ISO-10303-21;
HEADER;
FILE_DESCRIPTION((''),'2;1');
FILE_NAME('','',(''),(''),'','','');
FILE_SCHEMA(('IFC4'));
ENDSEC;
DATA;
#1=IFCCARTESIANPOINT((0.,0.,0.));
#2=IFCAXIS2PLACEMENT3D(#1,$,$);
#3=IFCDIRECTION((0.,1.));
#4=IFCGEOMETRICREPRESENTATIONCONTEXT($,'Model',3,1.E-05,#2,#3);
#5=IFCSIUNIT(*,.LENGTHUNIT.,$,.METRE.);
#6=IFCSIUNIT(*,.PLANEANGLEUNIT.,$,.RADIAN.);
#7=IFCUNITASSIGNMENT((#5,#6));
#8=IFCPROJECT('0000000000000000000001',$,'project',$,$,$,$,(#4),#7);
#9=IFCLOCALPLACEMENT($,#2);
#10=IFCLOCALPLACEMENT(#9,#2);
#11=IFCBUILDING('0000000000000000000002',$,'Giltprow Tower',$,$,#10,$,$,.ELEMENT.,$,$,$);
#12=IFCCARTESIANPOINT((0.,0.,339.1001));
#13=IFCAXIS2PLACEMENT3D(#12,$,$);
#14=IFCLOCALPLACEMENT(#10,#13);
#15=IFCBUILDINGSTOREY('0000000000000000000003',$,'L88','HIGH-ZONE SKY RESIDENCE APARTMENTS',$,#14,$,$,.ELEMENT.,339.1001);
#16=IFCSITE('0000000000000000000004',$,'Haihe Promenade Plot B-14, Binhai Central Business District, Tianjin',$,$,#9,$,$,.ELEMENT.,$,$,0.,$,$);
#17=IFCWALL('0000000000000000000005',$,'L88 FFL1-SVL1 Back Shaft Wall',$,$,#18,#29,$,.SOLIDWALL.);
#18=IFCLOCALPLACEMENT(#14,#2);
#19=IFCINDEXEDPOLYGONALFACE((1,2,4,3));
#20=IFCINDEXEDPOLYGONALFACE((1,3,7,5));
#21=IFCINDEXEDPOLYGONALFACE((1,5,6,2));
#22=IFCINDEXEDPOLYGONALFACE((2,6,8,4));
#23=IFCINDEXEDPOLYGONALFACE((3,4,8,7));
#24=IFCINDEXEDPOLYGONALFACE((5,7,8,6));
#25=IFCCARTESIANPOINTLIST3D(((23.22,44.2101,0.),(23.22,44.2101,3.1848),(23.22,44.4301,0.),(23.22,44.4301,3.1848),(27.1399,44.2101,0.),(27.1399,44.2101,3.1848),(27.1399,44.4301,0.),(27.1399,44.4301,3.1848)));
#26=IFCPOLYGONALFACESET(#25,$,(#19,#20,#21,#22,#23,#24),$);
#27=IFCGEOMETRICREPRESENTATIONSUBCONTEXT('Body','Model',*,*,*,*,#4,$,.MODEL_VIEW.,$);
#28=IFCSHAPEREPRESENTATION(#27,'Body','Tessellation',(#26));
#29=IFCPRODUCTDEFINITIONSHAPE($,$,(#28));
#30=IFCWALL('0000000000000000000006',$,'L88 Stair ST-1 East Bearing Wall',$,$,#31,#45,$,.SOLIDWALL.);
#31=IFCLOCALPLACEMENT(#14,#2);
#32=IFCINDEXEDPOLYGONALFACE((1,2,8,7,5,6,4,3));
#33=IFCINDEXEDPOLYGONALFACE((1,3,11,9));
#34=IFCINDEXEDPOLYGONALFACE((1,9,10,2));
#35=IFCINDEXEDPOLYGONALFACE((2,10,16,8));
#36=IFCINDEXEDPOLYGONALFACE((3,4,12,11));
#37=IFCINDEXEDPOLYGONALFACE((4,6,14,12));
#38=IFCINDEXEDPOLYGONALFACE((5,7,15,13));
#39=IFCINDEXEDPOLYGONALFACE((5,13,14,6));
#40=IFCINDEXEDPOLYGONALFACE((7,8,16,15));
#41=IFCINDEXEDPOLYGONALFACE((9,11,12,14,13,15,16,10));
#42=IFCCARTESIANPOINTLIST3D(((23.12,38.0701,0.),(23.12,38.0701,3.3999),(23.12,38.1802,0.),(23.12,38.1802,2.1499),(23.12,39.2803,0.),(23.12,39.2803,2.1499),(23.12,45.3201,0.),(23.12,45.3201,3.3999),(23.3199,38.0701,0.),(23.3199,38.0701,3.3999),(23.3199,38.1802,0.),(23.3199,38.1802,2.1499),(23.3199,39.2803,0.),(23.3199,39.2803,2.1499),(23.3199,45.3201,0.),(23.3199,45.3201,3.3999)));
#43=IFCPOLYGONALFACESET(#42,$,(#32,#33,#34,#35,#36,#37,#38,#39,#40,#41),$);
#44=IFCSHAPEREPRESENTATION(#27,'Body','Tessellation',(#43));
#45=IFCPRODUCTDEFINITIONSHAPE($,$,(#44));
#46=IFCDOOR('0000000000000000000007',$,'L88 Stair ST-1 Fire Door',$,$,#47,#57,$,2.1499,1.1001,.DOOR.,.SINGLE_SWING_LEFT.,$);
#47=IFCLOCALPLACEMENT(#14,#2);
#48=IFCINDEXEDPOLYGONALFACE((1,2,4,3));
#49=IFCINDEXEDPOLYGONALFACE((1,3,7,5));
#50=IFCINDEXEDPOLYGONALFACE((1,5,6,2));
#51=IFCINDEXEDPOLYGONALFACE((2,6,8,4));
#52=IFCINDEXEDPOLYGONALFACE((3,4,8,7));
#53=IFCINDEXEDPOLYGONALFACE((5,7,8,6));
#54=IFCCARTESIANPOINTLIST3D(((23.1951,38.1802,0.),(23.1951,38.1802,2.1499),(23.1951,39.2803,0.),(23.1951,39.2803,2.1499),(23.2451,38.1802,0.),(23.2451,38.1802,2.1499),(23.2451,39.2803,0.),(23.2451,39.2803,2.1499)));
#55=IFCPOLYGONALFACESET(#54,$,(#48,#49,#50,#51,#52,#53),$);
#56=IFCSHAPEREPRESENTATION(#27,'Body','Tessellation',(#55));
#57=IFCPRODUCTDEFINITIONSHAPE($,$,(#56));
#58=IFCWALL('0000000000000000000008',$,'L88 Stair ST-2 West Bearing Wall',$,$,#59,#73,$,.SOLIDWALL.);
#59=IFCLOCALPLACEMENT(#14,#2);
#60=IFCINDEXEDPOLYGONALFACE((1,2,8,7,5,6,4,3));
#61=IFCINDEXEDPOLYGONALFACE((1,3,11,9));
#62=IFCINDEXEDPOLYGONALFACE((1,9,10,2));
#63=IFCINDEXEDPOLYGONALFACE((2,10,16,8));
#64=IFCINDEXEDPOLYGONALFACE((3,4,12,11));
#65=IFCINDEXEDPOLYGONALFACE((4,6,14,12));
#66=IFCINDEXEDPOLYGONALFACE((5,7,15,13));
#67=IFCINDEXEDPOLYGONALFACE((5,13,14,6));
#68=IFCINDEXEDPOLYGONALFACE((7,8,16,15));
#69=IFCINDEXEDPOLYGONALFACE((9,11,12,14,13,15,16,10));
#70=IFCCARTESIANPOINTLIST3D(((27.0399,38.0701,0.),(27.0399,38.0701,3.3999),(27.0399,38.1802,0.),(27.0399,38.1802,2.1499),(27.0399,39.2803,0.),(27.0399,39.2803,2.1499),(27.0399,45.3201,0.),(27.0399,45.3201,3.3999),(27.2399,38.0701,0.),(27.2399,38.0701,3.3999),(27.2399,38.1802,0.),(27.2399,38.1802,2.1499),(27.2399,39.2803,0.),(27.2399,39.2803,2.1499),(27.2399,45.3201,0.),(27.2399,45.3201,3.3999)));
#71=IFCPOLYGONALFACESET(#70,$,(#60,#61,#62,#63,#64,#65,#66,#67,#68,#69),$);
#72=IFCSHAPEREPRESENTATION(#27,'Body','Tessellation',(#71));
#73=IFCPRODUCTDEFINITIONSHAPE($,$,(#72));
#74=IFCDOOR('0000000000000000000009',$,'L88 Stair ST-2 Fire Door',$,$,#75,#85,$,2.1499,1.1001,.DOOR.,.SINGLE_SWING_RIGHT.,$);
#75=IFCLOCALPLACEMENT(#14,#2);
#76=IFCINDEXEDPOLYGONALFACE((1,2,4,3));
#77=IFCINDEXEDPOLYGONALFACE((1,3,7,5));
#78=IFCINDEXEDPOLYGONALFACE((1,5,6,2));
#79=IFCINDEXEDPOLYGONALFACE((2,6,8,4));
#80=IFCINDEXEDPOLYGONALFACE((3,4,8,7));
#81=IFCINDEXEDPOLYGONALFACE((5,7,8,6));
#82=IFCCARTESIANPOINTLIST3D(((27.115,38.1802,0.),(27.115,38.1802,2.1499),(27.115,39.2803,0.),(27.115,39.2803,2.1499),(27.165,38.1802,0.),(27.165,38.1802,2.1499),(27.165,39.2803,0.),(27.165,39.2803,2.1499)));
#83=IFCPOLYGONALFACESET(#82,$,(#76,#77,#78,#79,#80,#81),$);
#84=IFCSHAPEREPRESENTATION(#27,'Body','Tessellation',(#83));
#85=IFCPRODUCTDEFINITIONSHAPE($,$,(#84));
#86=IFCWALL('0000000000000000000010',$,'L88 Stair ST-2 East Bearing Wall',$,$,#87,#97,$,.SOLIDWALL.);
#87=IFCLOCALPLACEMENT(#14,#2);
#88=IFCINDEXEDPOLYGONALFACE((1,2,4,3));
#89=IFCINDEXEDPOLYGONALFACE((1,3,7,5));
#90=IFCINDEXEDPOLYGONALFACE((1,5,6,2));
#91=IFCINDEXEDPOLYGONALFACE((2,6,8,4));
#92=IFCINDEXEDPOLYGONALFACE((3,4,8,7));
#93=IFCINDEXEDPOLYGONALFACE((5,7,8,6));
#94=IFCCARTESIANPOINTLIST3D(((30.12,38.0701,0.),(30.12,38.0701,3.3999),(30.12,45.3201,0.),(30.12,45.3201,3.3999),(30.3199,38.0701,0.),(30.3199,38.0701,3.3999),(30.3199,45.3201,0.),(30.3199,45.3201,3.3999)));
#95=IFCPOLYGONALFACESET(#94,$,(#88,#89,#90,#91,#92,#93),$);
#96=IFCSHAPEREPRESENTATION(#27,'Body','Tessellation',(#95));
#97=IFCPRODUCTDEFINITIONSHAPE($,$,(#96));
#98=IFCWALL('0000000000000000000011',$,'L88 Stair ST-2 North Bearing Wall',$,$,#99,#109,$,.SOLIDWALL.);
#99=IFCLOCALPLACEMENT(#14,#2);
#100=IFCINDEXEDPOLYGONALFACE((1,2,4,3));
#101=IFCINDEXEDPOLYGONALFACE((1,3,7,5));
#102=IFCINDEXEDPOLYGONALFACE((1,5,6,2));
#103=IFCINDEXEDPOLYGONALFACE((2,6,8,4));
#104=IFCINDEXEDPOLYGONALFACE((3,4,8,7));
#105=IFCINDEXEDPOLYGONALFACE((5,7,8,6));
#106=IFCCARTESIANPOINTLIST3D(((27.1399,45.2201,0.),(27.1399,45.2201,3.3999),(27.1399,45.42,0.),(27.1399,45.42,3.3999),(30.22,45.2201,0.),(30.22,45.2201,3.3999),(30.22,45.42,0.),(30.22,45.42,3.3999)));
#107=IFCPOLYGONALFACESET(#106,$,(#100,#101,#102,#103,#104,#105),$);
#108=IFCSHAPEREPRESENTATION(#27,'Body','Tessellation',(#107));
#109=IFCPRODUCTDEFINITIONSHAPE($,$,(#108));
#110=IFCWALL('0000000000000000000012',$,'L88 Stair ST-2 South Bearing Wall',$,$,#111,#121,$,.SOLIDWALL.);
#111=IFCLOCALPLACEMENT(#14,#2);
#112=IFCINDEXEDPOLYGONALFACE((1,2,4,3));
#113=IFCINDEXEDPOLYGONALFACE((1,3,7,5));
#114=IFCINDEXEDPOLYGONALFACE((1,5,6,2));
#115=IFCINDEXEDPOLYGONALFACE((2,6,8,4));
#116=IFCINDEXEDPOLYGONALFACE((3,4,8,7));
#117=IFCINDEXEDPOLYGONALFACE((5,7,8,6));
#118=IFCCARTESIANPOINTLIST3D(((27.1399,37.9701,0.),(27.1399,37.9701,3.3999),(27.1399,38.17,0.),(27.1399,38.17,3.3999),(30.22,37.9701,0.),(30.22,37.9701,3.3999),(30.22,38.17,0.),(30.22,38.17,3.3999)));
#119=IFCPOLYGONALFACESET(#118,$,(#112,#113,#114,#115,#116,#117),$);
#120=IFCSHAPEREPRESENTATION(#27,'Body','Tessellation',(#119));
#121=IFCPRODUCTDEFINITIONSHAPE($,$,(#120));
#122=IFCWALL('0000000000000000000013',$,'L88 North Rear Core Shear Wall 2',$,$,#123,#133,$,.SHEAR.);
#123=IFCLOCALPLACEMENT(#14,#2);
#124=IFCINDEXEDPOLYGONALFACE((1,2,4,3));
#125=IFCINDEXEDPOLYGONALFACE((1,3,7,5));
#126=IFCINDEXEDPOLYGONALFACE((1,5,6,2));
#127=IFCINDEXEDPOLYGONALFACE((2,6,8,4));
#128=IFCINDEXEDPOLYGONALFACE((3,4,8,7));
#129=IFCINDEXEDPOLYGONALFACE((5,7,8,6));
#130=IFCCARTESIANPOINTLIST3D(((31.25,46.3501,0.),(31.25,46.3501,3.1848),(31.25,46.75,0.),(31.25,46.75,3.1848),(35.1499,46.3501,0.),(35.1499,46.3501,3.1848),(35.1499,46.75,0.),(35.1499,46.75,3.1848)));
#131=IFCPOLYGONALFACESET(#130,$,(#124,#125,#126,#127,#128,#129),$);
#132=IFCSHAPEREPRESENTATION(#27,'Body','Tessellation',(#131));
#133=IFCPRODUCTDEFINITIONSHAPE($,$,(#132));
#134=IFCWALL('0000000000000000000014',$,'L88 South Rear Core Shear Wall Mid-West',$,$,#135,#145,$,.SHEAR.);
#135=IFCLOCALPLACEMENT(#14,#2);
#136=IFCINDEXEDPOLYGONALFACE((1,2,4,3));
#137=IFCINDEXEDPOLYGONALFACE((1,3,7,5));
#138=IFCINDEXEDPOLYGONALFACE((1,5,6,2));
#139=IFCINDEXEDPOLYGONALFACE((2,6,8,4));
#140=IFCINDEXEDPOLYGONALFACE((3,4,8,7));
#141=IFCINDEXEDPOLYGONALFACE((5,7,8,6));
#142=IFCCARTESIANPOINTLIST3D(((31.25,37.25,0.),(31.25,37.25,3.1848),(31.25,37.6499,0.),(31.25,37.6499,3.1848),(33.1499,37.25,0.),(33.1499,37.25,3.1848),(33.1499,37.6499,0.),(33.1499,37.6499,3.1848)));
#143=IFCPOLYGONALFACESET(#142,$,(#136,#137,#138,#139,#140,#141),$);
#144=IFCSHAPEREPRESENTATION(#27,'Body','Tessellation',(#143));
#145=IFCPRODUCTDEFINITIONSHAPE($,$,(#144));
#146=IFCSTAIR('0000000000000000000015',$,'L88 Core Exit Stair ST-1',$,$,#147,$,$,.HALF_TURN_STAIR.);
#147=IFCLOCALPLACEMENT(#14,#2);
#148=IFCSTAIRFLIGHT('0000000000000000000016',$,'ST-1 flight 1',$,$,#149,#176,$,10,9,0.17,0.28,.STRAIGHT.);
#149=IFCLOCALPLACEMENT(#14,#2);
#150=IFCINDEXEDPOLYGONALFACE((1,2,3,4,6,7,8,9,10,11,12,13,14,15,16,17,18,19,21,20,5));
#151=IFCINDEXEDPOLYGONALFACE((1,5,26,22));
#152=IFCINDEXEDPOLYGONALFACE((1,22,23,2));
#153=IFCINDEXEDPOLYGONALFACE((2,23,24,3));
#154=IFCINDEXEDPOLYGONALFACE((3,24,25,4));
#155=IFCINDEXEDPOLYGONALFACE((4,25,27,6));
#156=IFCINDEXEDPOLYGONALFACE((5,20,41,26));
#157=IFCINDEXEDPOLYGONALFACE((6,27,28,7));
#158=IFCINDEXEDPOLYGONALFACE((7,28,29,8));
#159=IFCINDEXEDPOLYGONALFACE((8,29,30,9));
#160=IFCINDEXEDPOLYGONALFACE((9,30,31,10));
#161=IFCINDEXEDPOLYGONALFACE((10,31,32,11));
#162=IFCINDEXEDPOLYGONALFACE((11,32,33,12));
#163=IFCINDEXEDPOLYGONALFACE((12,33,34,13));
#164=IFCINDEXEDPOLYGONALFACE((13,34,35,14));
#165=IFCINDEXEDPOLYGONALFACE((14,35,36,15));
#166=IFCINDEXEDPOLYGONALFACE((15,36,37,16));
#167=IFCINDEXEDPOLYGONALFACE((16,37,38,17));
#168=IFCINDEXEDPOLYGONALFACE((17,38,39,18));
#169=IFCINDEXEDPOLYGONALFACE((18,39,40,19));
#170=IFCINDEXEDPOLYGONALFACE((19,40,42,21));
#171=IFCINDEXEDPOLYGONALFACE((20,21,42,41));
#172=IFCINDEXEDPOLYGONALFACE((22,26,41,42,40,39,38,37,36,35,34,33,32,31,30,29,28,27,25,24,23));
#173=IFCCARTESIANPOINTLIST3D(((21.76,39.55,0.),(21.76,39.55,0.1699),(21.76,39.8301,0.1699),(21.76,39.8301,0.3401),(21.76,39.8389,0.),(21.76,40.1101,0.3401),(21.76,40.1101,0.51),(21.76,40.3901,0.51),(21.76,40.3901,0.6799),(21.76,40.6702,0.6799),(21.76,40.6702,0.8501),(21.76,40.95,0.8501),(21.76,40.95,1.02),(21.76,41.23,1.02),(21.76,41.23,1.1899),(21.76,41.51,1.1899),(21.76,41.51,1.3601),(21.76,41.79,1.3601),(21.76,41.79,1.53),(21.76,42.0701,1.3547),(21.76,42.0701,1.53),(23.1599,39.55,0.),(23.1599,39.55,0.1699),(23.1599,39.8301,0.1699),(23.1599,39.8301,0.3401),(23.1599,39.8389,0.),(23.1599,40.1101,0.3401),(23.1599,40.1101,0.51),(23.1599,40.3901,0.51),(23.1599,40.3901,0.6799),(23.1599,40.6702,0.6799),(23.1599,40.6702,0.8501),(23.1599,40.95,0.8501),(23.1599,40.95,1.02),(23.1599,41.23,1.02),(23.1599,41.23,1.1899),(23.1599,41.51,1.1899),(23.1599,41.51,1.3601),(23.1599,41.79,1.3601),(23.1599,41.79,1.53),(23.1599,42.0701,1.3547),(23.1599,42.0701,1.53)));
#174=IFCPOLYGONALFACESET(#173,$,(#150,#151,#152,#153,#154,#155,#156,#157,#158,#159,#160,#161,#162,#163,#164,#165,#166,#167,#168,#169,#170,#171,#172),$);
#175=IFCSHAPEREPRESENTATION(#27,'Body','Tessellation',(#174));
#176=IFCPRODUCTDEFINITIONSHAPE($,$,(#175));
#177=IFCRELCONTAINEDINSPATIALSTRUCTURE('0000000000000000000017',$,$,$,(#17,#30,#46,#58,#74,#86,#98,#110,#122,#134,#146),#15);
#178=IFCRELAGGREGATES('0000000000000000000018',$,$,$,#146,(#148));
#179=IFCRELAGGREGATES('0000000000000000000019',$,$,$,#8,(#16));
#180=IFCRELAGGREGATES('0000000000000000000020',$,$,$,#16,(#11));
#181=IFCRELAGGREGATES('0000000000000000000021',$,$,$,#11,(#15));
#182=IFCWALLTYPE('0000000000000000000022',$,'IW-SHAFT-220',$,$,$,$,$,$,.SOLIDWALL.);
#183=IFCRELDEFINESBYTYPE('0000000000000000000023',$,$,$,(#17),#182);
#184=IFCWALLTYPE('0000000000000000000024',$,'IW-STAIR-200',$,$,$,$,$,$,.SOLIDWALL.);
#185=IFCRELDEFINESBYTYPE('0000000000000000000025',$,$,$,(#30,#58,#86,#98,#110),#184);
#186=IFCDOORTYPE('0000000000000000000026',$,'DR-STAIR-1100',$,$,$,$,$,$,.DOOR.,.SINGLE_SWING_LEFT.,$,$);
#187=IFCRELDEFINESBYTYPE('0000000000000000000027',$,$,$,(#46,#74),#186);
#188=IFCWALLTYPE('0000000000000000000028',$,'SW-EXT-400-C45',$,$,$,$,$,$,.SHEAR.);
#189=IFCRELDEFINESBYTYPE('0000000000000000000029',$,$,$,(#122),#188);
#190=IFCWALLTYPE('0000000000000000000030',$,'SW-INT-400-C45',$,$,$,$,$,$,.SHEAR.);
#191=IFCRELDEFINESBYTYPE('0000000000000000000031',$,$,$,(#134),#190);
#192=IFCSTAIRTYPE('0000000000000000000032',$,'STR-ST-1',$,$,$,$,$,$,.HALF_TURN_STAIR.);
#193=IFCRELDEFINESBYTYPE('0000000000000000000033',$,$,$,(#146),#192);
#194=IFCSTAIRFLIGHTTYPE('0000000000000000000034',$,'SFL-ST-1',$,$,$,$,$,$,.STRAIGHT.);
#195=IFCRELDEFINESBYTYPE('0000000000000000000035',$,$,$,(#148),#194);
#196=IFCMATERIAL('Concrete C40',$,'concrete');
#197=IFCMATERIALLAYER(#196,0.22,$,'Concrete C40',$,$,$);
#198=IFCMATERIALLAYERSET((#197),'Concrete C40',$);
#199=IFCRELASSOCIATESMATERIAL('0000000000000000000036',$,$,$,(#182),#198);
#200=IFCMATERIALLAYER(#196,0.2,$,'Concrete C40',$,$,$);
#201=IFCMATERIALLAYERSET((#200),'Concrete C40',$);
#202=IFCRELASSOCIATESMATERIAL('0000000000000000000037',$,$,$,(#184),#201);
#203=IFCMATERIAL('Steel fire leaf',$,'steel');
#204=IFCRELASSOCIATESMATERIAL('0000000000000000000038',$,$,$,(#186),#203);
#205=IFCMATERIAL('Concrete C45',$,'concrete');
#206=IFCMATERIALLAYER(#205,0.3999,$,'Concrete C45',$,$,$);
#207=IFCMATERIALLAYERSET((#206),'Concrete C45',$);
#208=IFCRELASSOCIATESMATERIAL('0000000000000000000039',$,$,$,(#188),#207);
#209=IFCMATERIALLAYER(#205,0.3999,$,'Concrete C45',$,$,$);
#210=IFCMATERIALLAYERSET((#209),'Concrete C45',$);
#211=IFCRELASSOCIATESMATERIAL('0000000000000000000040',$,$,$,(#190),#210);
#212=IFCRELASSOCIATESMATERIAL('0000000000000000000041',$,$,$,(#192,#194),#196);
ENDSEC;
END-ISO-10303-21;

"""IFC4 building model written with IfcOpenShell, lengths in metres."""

from ifc_helpers import new_model, si_unit, direction, frame, frame_2d, origin, place, context, subcontext, project, spatial, polyline, rectangle, outline, extrude, source, transform, mapped, material, layer, layer_set, type_object, element, fill, aggregate, save


model = new_model("IFC4")

# Units and contexts
model_context = context("Model", 3, precision=1e-05, world=origin(), true_north=direction((0.0, 1.0)))
body_context = subcontext(model_context, "Body", "Model", "MODEL_VIEW")
ifc_project = project(units=[si_unit("LENGTHUNIT", "METRE"), si_unit("PLANEANGLEUNIT", "RADIAN")], contexts=[model_context])

# Site, building, storey
site_placement = place(None, origin())
site = spatial("IfcSite", under=ifc_project, at=site_placement, Name="Haihe Promenade Plot B-14, Binhai Central Business District, Tianjin", CompositionType="ELEMENT", RefElevation=0.0)
building_placement = place(site_placement, origin())
building = spatial("IfcBuilding", under=site, at=building_placement, Name="Giltprow Tower", CompositionType="ELEMENT")
storey_placement = place(building_placement, frame((0.0, 0.0, 339.1001)))
storey = spatial("IfcBuildingStorey", under=building, at=storey_placement, Name="L88", Description="HIGH-ZONE SKY RESIDENCE APARTMENTS", CompositionType="ELEMENT", Elevation=339.1001)

# Shared definitions
ifc_material_1 = material(Name="Concrete C45", Category="concrete")

# Shared definitions
ifc_material_2 = material(Name="Concrete C40", Category="concrete")
ifc_layer_1 = layer(ifc_material_2, 0.22, Name="Concrete C40")
ifc_layer_set_1 = layer_set([ifc_layer_1], Name="Concrete C40")
wall_type_1 = type_object("IfcWallType", Name="IW-SHAFT-220", PredefinedType="SOLIDWALL", material=ifc_layer_set_1)

# Wall
wall_1_placement = place(storey_placement, frame((23.22, 44.3201, 0.0), z_axis=(0.0, 0.0, 1.0), x_axis=(1.0, 0.0, 0.0)))
element("IfcWall", 1, at=wall_1_placement, inside=storey, type_object=wall_type_1, Name="L88 FFL1-SVL1 Back Shaft Wall", PredefinedType="SOLIDWALL", context=body_context, shape_type="SweptSolid", body=[
    extrude(rectangle(XDim=3.9199, YDim=0.22, at=frame_2d((1.96, 0.0))), origin(), (0.0, 0.0, 1.0), 3.1848),
])

# Walls, openings, doors
ifc_layer_2 = layer(ifc_material_2, 0.2, Name="Concrete C40")
ifc_layer_set_2 = layer_set([ifc_layer_2], Name="Concrete C40")
wall_type_2 = type_object("IfcWallType", Name="IW-STAIR-200", PredefinedType="SOLIDWALL", material=ifc_layer_set_2)
wall_2_placement = place(storey_placement, frame((23.22, 38.0701, 0.0), z_axis=(0.0, 0.0, 1.0), x_axis=(0.0, 1.0, 0.0)))
wall_2 = element("IfcWall", 2, at=wall_2_placement, inside=storey, type_object=wall_type_2, Name="L88 Stair ST-1 East Bearing Wall", PredefinedType="SOLIDWALL", context=body_context, shape_type="SweptSolid", body=[
    extrude(rectangle(XDim=7.25, YDim=0.2, at=frame_2d((3.625, 0.0))), origin(), (0.0, 0.0, 1.0), 3.3999),
])
opening_1_placement = place(wall_2_placement, frame((0.1101, 0.0, 0.0)))
opening_1 = element("IfcOpeningElement", 3, at=opening_1_placement, cuts=wall_2, PredefinedType="OPENING", context=body_context, shape_type="SweptSolid", body=[
    extrude(rectangle(XDim=1.1001, YDim=2.1499, at=frame_2d((0.55, 1.075))), frame((0.0, 0.1099, 0.0), z_axis=(0.0, -1.0, 0.0), x_axis=(1.0, 0.0, 0.0)), (0.0, 0.0, 1.0), 0.22),
])
ifc_material_3 = material(Name="Steel fire leaf", Category="steel")
door_type_1 = type_object("IfcDoorType", Name="DR-STAIR-1100", OperationType="SINGLE_SWING_LEFT", PredefinedType="DOOR", material=ifc_material_3)
shared_shape_1 = source(origin(), body_context, "Body", "SweptSolid", [
    extrude(rectangle(XDim=1.1001, YDim=2.1499, at=frame_2d((0.55, 1.075))), frame((0.0, 0.0249, 0.0), z_axis=(0.0, -1.0, 0.0), x_axis=(1.0, 0.0, 0.0)), (0.0, 0.0, 1.0), 0.05),
])
door_1_placement = place(opening_1_placement, origin())
door_1 = element("IfcDoor", 4, at=door_1_placement, inside=storey, type_object=door_type_1, Name="L88 Stair ST-1 Fire Door", OperationType="SINGLE_SWING_LEFT", OverallHeight=2.1499, OverallWidth=1.1001, PredefinedType="DOOR", context=body_context, shape_type="MappedRepresentation", body=[
    mapped(shared_shape_1, transform((0.0, 0.0, 0.0), x_axis=(1.0, 0.0, 0.0), y_axis=(0.0, 1.0, 0.0), z_axis=(0.0, 0.0, 1.0), scale=1.0)),
])
fill(opening_1, door_1)
wall_3_placement = place(storey_placement, frame((27.1399, 38.0701, 0.0), z_axis=(0.0, 0.0, 1.0), x_axis=(0.0, 1.0, 0.0)))
wall_3 = element("IfcWall", 5, at=wall_3_placement, inside=storey, type_object=wall_type_2, Name="L88 Stair ST-2 West Bearing Wall", PredefinedType="SOLIDWALL", context=body_context, shape_type="SweptSolid", body=[
    extrude(rectangle(XDim=7.25, YDim=0.2, at=frame_2d((3.625, 0.0))), origin(), (0.0, 0.0, 1.0), 3.3999),
])
opening_2_placement = place(wall_3_placement, frame((0.1101, 0.0, 0.0)))
opening_2 = element("IfcOpeningElement", 6, at=opening_2_placement, cuts=wall_3, PredefinedType="OPENING", context=body_context, shape_type="SweptSolid", body=[
    extrude(rectangle(XDim=1.1001, YDim=2.1499, at=frame_2d((0.55, 1.075))), frame((0.0, 0.1099, 0.0), z_axis=(0.0, -1.0, 0.0), x_axis=(1.0, 0.0, 0.0)), (0.0, 0.0, 1.0), 0.22),
])
door_2_placement = place(opening_2_placement, origin())
door_2 = element("IfcDoor", 7, at=door_2_placement, inside=storey, type_object=door_type_1, Name="L88 Stair ST-2 Fire Door", OperationType="SINGLE_SWING_RIGHT", OverallHeight=2.1499, OverallWidth=1.1001, PredefinedType="DOOR", context=body_context, shape_type="MappedRepresentation", body=[
    mapped(shared_shape_1, transform((0.0, 0.0, 0.0), x_axis=(1.0, 0.0, 0.0), y_axis=(0.0, 1.0, 0.0), z_axis=(0.0, 0.0, 1.0), scale=1.0)),
])
fill(opening_2, door_2)

# Walls
wall_4_placement = place(storey_placement, frame((30.22, 38.0701, 0.0), z_axis=(0.0, 0.0, 1.0), x_axis=(0.0, 1.0, 0.0)))
element("IfcWall", 8, at=wall_4_placement, inside=storey, type_object=wall_type_2, Name="L88 Stair ST-2 East Bearing Wall", PredefinedType="SOLIDWALL", context=body_context, shape_type="SweptSolid", body=[
    extrude(rectangle(XDim=7.25, YDim=0.2, at=frame_2d((3.625, 0.0))), origin(), (0.0, 0.0, 1.0), 3.3999),
])
for number, where, z_axis, x_axis, name in (
    (9, (27.1399, 45.3201, 0.0), (0.0, 0.0, 1.0), (1.0, 0.0, 0.0), "L88 Stair ST-2 North Bearing Wall"),
    (10, (27.1399, 38.0701, 0.0), (0.0, 0.0, 1.0), (1.0, 0.0, 0.0), "L88 Stair ST-2 South Bearing Wall"),
):
    element("IfcWall", number, at=place(storey_placement, frame(where, z_axis=z_axis, x_axis=x_axis)), inside=storey, type_object=wall_type_2, Name=name, PredefinedType="SOLIDWALL", context=body_context, shape_type="SweptSolid", body=[
        extrude(rectangle(XDim=3.0801, YDim=0.2, at=frame_2d((1.54, 0.0))), origin(), (0.0, 0.0, 1.0), 3.3999),
    ])
ifc_layer_3 = layer(ifc_material_1, 0.3999, Name="Concrete C45")
ifc_layer_set_3 = layer_set([ifc_layer_3], Name="Concrete C45")
wall_type_3 = type_object("IfcWallType", Name="SW-EXT-400-C45", PredefinedType="SHEAR", material=ifc_layer_set_3)
wall_5_placement = place(storey_placement, frame((31.25, 46.55, 0.0), z_axis=(0.0, 0.0, 1.0), x_axis=(1.0, 0.0, 0.0)))
element("IfcWall", 11, at=wall_5_placement, inside=storey, type_object=wall_type_3, Name="L88 North Rear Core Shear Wall 2", PredefinedType="SHEAR", context=body_context, shape_type="SweptSolid", body=[
    extrude(rectangle(XDim=3.8999, YDim=0.3999, at=frame_2d((1.95, 0.0))), origin(), (0.0, 0.0, 1.0), 3.1848),
])
ifc_layer_4 = layer(ifc_material_1, 0.3999, Name="Concrete C45")
ifc_layer_set_4 = layer_set([ifc_layer_4], Name="Concrete C45")
wall_type_4 = type_object("IfcWallType", Name="SW-INT-400-C45", PredefinedType="SHEAR", material=ifc_layer_set_4)
wall_6_placement = place(storey_placement, frame((31.25, 37.45, 0.0), z_axis=(0.0, 0.0, 1.0), x_axis=(1.0, 0.0, 0.0)))
element("IfcWall", 12, at=wall_6_placement, inside=storey, type_object=wall_type_4, Name="L88 South Rear Core Shear Wall Mid-West", PredefinedType="SHEAR", context=body_context, shape_type="SweptSolid", body=[
    extrude(rectangle(XDim=1.8999, YDim=0.3999, at=frame_2d((0.95, 0.0))), origin(), (0.0, 0.0, 1.0), 3.1848),
])

# Stair, stair flight
stair_type_1 = type_object("IfcStairType", Name="STR-ST-1", PredefinedType="HALF_TURN_STAIR", material=ifc_material_2)
stair_1_placement = place(storey_placement, origin())
stair_1 = element("IfcStair", 13, at=stair_1_placement, inside=storey, type_object=stair_type_1, Name="L88 Core Exit Stair ST-1", PredefinedType="HALF_TURN_STAIR")
stair_flight_type_1 = type_object("IfcStairFlightType", Name="SFL-ST-1", PredefinedType="STRAIGHT", material=ifc_material_2)
stair_flight_1_placement = place(storey_placement, frame((22.46, 39.55, 0.0), z_axis=(0.0, 0.0, 1.0), x_axis=(0.0, 1.0, 0.0)))
stair_flight_1 = element("IfcStairFlight", 14, at=stair_flight_1_placement, type_object=stair_flight_type_1, Name="ST-1 flight 1", NumberOfRisers=10, NumberOfTreads=9, PredefinedType="STRAIGHT", RiserHeight=0.17, TreadLength=0.28, context=body_context, shape_type="SweptSolid", body=[
    extrude(outline(polyline([(0.0, 0.0), (0.0, 0.1699), (0.28, 0.1699), (0.28, 0.3401), (0.5601, 0.3401), (0.5601, 0.51), (0.8401, 0.51), (0.8401, 0.6799), (1.1201, 0.6799), (1.1201, 0.8501), (1.3999, 0.8501), (1.3999, 1.02), (1.6799, 1.02), (1.6799, 1.1899), (1.96, 1.1899), (1.96, 1.3601), (2.24, 1.3601), (2.24, 1.53), (2.52, 1.53), (2.52, 1.7), (2.52, 1.3547), (0.2888, 0.0), (0.0, 0.0)])), frame((0.0, 0.7, 0.0), z_axis=(0.0, -1.0, 0.0), x_axis=(1.0, 0.0, 0.0)), (0.0, 0.0, 1.0), 1.3999),
])
aggregate(stair_1, [stair_flight_1])

save(model, "model.ifc")
